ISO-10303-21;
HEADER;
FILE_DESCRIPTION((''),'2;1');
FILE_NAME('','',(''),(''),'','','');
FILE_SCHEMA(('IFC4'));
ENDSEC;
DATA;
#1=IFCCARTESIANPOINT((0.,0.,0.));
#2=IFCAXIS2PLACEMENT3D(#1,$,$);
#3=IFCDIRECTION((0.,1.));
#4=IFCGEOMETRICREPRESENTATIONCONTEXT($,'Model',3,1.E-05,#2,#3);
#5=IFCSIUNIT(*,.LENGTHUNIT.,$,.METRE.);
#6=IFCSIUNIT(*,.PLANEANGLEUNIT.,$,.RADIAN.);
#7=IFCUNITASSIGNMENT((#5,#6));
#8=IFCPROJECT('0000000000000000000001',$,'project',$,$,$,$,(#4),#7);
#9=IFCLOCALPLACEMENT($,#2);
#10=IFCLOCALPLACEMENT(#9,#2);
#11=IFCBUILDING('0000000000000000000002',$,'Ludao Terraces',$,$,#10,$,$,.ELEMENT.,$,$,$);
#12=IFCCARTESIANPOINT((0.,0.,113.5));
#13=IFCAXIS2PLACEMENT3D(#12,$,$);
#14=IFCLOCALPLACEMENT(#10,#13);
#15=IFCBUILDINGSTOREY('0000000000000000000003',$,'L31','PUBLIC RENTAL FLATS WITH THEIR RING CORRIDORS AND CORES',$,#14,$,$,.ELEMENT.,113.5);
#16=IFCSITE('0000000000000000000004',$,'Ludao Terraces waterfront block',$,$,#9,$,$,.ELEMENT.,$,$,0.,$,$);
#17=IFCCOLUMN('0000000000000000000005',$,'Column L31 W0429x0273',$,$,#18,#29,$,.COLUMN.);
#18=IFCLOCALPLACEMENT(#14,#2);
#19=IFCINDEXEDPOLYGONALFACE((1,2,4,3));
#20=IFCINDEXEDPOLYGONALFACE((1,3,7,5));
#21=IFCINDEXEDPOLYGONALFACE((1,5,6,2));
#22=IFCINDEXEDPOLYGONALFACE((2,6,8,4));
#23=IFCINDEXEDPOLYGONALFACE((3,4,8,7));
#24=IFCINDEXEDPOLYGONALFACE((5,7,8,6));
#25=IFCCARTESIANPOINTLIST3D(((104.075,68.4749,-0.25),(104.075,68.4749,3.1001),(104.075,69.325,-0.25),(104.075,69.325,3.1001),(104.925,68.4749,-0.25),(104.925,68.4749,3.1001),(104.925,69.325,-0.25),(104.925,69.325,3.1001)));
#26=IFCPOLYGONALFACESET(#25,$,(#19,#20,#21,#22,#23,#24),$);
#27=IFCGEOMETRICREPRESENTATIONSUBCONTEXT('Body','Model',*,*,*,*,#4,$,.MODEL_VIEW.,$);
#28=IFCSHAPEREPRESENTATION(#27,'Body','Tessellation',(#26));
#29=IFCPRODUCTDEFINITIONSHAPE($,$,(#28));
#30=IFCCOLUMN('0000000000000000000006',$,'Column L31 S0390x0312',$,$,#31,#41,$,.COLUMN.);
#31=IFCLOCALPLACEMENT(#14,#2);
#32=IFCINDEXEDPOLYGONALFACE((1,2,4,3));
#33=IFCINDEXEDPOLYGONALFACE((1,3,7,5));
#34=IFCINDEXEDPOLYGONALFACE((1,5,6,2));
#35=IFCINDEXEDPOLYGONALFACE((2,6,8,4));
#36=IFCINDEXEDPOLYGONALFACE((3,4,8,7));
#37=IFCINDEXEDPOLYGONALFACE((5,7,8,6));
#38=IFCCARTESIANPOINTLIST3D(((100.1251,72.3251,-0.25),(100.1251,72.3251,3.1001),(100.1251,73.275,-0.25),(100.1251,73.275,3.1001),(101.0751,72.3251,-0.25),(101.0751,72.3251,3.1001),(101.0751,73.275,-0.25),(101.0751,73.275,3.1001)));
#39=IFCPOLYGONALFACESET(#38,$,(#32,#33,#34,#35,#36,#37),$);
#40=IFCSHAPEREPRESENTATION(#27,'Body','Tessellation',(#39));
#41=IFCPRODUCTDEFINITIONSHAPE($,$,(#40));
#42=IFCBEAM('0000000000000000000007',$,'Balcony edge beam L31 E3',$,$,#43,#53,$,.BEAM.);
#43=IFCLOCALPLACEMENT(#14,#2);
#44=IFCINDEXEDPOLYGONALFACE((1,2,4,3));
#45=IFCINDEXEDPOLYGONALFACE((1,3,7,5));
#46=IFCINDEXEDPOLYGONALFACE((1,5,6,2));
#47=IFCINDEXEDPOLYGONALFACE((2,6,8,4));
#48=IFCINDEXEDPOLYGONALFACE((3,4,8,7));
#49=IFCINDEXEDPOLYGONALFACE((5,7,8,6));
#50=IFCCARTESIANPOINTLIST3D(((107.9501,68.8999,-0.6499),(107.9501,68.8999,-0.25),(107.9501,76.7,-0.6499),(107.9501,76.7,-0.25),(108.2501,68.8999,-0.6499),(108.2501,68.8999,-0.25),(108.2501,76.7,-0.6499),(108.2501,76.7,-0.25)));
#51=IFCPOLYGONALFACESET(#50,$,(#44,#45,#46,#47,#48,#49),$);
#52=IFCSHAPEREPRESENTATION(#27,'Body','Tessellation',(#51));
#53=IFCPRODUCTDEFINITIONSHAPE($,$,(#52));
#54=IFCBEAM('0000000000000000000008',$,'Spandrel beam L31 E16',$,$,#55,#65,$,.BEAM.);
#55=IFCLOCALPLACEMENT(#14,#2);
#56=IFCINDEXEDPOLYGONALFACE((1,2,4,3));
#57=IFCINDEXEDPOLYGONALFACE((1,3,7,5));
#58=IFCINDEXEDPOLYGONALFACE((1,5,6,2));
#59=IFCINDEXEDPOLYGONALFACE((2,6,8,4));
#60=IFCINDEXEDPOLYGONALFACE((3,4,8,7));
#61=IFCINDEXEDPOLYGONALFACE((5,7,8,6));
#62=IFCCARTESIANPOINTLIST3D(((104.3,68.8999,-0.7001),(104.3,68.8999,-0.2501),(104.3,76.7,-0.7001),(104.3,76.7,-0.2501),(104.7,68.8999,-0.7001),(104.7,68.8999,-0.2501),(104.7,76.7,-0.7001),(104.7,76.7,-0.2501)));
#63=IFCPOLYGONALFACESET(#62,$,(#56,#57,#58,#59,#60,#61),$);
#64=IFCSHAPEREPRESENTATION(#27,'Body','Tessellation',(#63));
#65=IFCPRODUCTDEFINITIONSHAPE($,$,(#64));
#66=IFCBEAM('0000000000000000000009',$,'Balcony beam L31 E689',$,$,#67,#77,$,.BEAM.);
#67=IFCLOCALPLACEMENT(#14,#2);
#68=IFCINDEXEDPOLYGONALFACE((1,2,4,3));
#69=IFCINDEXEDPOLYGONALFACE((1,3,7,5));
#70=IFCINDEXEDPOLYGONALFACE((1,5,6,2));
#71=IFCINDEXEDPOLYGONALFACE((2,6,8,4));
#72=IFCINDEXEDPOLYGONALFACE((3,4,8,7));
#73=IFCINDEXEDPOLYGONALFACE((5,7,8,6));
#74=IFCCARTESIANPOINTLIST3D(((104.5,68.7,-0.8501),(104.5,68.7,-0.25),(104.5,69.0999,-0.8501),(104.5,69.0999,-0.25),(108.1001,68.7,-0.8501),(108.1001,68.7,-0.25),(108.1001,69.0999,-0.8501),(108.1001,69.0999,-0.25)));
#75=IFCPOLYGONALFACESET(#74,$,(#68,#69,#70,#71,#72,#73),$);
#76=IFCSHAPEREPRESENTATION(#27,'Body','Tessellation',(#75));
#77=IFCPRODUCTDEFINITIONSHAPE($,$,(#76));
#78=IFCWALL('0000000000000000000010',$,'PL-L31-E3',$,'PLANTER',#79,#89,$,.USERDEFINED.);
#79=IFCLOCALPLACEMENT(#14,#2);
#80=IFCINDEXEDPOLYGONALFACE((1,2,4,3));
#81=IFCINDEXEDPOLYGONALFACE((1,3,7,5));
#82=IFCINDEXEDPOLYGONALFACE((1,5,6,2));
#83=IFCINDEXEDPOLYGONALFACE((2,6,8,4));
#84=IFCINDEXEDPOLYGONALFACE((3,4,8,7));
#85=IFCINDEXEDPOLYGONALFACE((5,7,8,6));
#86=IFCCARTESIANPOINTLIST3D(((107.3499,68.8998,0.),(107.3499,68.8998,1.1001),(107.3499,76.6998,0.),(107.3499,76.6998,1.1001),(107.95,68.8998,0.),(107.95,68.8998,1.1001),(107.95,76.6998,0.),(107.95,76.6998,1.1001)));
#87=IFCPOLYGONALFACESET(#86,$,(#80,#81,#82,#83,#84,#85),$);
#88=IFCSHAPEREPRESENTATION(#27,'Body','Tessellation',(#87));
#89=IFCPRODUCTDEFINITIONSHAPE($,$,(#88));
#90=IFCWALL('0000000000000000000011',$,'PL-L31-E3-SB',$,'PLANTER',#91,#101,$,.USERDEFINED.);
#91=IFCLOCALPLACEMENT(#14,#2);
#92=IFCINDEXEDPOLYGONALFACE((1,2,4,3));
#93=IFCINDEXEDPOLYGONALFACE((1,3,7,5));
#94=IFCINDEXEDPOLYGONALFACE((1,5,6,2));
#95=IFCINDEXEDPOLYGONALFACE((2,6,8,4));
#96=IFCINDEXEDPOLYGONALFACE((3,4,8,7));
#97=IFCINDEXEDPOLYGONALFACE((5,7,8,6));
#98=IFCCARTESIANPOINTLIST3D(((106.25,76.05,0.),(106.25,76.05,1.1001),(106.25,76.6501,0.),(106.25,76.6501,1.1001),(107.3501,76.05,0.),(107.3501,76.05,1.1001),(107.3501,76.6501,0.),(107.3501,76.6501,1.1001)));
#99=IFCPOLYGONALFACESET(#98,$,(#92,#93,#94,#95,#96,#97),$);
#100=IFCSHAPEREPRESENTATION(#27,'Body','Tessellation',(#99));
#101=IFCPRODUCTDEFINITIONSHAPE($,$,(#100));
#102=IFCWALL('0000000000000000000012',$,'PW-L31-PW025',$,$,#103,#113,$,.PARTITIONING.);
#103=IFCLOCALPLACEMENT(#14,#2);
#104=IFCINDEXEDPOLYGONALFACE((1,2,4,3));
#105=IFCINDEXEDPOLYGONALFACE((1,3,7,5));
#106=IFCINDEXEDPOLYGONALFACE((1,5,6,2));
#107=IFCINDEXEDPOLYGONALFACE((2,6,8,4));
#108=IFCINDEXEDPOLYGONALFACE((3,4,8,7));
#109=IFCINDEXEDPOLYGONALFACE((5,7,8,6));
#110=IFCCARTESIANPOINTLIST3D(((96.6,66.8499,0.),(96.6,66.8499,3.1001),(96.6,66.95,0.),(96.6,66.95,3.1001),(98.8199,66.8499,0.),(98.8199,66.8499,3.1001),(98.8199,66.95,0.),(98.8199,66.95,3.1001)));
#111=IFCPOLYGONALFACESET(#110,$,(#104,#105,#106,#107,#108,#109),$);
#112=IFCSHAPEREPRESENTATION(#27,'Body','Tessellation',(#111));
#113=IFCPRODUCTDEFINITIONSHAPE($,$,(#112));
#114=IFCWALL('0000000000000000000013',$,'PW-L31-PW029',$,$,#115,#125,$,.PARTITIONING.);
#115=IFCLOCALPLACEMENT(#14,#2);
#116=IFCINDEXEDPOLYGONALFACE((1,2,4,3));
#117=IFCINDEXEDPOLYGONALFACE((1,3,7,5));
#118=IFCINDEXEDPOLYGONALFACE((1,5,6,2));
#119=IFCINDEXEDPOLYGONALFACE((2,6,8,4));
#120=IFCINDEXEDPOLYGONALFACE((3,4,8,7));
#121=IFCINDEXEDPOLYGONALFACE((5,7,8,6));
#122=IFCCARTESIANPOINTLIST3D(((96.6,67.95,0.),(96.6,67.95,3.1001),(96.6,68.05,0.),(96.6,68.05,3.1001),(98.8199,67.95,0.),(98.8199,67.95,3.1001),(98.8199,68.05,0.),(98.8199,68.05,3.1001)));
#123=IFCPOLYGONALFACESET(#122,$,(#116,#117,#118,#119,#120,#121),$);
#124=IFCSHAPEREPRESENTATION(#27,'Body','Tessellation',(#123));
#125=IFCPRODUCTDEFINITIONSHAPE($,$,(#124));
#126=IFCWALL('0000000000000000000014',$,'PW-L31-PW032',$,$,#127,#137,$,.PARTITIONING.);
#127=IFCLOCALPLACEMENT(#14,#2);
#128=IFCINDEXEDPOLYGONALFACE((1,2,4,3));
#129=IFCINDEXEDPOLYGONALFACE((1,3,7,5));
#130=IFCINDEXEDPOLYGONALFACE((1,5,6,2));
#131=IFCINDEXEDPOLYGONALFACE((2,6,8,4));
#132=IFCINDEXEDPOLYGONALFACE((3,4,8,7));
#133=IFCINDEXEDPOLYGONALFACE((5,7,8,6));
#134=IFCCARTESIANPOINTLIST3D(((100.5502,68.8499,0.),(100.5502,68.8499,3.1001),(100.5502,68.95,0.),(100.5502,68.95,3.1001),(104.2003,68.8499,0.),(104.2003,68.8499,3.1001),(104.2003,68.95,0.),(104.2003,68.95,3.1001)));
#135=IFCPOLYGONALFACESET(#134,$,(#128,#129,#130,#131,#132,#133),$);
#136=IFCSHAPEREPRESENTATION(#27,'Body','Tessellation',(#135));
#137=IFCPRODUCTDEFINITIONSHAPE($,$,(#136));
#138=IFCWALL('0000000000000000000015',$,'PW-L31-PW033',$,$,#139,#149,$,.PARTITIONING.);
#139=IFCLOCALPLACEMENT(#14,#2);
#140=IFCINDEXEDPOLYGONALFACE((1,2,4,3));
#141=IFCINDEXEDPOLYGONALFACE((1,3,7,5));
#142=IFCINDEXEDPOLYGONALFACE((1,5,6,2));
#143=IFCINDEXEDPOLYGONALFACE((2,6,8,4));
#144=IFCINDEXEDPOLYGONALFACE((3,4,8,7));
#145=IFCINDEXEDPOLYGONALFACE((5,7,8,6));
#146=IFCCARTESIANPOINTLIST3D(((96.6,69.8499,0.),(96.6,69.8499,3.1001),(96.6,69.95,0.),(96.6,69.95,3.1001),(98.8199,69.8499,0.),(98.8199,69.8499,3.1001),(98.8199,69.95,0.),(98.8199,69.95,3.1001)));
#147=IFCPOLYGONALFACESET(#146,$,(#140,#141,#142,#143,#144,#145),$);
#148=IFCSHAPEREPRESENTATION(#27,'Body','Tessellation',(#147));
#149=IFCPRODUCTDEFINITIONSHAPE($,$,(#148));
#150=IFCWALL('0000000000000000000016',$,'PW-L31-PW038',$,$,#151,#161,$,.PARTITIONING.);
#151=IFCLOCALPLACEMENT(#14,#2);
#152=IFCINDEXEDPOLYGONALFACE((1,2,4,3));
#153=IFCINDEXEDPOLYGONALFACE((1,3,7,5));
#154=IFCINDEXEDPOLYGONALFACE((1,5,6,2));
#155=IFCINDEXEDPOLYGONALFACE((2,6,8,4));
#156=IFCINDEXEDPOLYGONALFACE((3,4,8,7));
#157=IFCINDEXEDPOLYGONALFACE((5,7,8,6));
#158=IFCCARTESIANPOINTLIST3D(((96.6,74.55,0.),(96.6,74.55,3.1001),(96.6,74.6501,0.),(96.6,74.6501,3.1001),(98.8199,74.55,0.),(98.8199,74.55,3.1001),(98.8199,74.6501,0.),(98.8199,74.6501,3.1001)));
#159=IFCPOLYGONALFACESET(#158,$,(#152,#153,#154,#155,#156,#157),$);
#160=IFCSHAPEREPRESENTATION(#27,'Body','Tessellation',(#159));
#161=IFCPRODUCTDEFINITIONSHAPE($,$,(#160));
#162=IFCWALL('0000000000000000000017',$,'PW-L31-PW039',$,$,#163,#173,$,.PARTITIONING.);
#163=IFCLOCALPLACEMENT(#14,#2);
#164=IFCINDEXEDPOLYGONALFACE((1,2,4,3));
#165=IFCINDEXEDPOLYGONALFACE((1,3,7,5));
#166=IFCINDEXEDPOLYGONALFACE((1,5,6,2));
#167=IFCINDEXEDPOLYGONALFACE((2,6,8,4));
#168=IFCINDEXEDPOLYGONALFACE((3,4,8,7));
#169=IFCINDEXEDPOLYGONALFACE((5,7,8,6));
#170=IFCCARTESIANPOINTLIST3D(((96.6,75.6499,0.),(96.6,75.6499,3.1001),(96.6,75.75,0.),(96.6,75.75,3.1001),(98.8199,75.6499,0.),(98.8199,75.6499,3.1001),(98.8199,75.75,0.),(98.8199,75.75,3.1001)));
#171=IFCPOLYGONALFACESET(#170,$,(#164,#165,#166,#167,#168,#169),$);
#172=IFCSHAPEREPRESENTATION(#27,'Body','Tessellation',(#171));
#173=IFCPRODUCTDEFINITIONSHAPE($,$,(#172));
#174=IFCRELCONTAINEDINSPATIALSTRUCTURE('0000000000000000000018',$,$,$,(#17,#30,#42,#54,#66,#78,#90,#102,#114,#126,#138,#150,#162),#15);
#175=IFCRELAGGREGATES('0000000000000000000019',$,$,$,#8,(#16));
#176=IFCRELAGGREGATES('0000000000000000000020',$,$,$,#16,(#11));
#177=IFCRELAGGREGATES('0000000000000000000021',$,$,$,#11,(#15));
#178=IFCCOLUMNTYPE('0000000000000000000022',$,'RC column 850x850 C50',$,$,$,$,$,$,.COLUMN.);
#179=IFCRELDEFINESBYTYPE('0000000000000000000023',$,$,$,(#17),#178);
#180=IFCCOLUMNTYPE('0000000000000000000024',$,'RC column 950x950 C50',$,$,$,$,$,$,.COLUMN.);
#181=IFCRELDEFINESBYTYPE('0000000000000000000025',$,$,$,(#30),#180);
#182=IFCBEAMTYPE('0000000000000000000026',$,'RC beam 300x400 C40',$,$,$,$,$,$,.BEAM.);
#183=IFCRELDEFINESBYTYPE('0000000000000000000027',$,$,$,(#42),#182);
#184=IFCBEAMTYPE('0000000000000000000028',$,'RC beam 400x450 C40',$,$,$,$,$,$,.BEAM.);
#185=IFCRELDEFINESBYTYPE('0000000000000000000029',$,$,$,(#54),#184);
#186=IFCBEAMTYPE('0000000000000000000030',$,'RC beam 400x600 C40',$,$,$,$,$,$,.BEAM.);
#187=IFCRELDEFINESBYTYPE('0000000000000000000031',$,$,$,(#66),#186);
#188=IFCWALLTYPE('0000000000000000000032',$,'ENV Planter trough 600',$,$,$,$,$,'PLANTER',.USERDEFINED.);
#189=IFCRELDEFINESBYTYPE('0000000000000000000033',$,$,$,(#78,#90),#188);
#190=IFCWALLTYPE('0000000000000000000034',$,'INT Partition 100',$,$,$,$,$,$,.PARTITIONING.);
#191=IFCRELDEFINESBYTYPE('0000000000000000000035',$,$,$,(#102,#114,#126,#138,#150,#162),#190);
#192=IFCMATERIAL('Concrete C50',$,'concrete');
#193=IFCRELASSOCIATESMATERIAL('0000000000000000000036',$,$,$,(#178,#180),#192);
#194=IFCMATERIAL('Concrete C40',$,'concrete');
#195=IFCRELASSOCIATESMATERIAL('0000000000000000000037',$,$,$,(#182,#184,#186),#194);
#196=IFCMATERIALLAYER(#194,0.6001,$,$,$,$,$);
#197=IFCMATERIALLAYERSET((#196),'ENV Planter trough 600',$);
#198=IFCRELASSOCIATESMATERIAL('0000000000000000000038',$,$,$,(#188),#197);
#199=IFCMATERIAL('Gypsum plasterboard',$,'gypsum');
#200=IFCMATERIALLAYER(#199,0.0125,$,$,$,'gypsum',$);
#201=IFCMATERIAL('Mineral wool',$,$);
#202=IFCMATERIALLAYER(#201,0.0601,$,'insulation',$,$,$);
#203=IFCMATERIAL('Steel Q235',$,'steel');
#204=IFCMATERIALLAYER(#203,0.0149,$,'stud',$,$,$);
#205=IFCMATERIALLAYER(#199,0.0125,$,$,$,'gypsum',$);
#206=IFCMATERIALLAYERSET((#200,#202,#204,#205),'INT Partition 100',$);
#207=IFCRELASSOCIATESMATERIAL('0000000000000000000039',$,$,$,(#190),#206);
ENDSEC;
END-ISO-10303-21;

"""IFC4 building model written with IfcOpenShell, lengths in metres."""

from ifc_helpers import new_model, si_unit, direction, frame, frame_2d, origin, origin_2d, place, context, subcontext, project, spatial, rectangle, extrude, material, layer, layer_set, material_profile, profile_set, type_object, element, save


model = new_model("IFC4")

# Units and contexts
model_context = context("Model", 3, precision=1e-05, world=origin(), true_north=direction((0.0, 1.0)))
body_context = subcontext(model_context, "Body", "Model", "MODEL_VIEW")
ifc_project = project(units=[si_unit("LENGTHUNIT", "METRE"), si_unit("PLANEANGLEUNIT", "RADIAN")], contexts=[model_context])

# Site, building, storey
site_placement = place(None, origin())
site = spatial("IfcSite", under=ifc_project, at=site_placement, Name="Ludao Terraces waterfront block", CompositionType="ELEMENT", RefElevation=0.0)
building_placement = place(site_placement, origin())
building = spatial("IfcBuilding", under=site, at=building_placement, Name="Ludao Terraces", CompositionType="ELEMENT")
storey_placement = place(building_placement, frame((0.0, 0.0, 113.5)))
storey = spatial("IfcBuildingStorey", under=building, at=storey_placement, Name="L31", Description="PUBLIC RENTAL FLATS WITH THEIR RING CORRIDORS AND CORES", CompositionType="ELEMENT", Elevation=113.5)

# Columns
ifc_material_1 = material(Name="Concrete C50", Category="concrete")
ifc_material_profile_1 = material_profile(ifc_material_1, rectangle(XDim=0.8501, YDim=0.8501, at=origin_2d()), Name="850 X 850")
ifc_profile_set_1 = profile_set([ifc_material_profile_1], Name="Concrete C50")
column_type_1 = type_object("IfcColumnType", Name="RC column 850x850 C50", PredefinedType="COLUMN", material=ifc_profile_set_1)
column_1_placement = place(storey_placement, frame((104.5, 68.8999, -0.25), z_axis=(0.0, 0.0, 1.0), x_axis=(1.0, 0.0, 0.0)))
element("IfcColumn", 1, at=column_1_placement, inside=storey, type_object=column_type_1, Name="Column L31 W0429x0273", PredefinedType="COLUMN", context=body_context, shape_type="SweptSolid", body=[
    extrude(rectangle(XDim=0.8501, YDim=0.8501, at=origin_2d()), origin(), (0.0, 0.0, 1.0), 3.3501),
])
ifc_material_profile_2 = material_profile(ifc_material_1, rectangle(XDim=0.95, YDim=0.95, at=origin_2d()), Name="950 X 950")
ifc_profile_set_2 = profile_set([ifc_material_profile_2], Name="Concrete C50")
column_type_2 = type_object("IfcColumnType", Name="RC column 950x950 C50", PredefinedType="COLUMN", material=ifc_profile_set_2)
column_2_placement = place(storey_placement, frame((100.6001, 72.8, -0.25), z_axis=(0.0, 0.0, 1.0), x_axis=(1.0, 0.0, 0.0)))
element("IfcColumn", 2, at=column_2_placement, inside=storey, type_object=column_type_2, Name="Column L31 S0390x0312", PredefinedType="COLUMN", context=body_context, shape_type="SweptSolid", body=[
    extrude(rectangle(XDim=0.95, YDim=0.95, at=origin_2d()), origin(), (0.0, 0.0, 1.0), 3.3501),
])

# Beams
ifc_material_2 = material(Name="Concrete C40", Category="concrete")
ifc_material_profile_3 = material_profile(ifc_material_2, rectangle(XDim=0.3, YDim=0.3999, at=origin_2d()), Name="300 X 400")
ifc_profile_set_3 = profile_set([ifc_material_profile_3], Name="Concrete C40")
beam_type_1 = type_object("IfcBeamType", Name="RC beam 300x400 C40", PredefinedType="BEAM", material=ifc_profile_set_3)
beam_1_placement = place(storey_placement, frame((108.1001, 68.8999, -0.45), z_axis=(0.0, 1.0, 0.0), x_axis=(-1.0, 0.0, 0.0)))
element("IfcBeam", 3, at=beam_1_placement, inside=storey, type_object=beam_type_1, Name="Balcony edge beam L31 E3", PredefinedType="BEAM", context=body_context, shape_type="SweptSolid", body=[
    extrude(rectangle(XDim=0.3, YDim=0.3999, at=origin_2d()), origin(), (0.0, 0.0, 1.0), 7.8),
])
ifc_material_profile_4 = material_profile(ifc_material_2, rectangle(XDim=0.3999, YDim=0.45, at=origin_2d()), Name="400 X 450")
ifc_profile_set_4 = profile_set([ifc_material_profile_4], Name="Concrete C40")
beam_type_2 = type_object("IfcBeamType", Name="RC beam 400x450 C40", PredefinedType="BEAM", material=ifc_profile_set_4)
beam_2_placement = place(storey_placement, frame((104.5, 68.8999, -0.4751), z_axis=(0.0, 1.0, 0.0), x_axis=(-1.0, 0.0, 0.0)))
element("IfcBeam", 4, at=beam_2_placement, inside=storey, type_object=beam_type_2, Name="Spandrel beam L31 E16", PredefinedType="BEAM", context=body_context, shape_type="SweptSolid", body=[
    extrude(rectangle(XDim=0.3999, YDim=0.45, at=origin_2d()), origin(), (0.0, 0.0, 1.0), 7.8),
])
ifc_material_profile_5 = material_profile(ifc_material_2, rectangle(XDim=0.3999, YDim=0.6001, at=origin_2d()), Name="400 X 600")
ifc_profile_set_5 = profile_set([ifc_material_profile_5], Name="Concrete C40")
beam_type_3 = type_object("IfcBeamType", Name="RC beam 400x600 C40", PredefinedType="BEAM", material=ifc_profile_set_5)
beam_3_placement = place(storey_placement, frame((104.5, 68.8999, -0.55), z_axis=(1.0, 0.0, 0.0), x_axis=(0.0, 1.0, 0.0)))
element("IfcBeam", 5, at=beam_3_placement, inside=storey, type_object=beam_type_3, Name="Balcony beam L31 E689", PredefinedType="BEAM", context=body_context, shape_type="SweptSolid", body=[
    extrude(rectangle(XDim=0.3999, YDim=0.6001, at=origin_2d()), origin(), (0.0, 0.0, 1.0), 3.6001),
])

# Walls
ifc_layer_1 = layer(ifc_material_2, 0.6001)
ifc_layer_set_1 = layer_set([ifc_layer_1], Name="ENV Planter trough 600")
wall_type_1 = type_object("IfcWallType", Name="ENV Planter trough 600", ElementType="PLANTER", PredefinedType="USERDEFINED", material=ifc_layer_set_1)
wall_1_placement = place(storey_placement, frame((107.6499, 68.8999, 0.0), z_axis=(0.0, 0.0, 1.0), x_axis=(0.0, 1.0, 0.0)))
element("IfcWall", 6, at=wall_1_placement, inside=storey, type_object=wall_type_1, Name="PL-L31-E3", ObjectType="PLANTER", PredefinedType="USERDEFINED", context=body_context, shape_type="SweptSolid", body=[
    extrude(rectangle(XDim=7.8, YDim=0.6001, at=frame_2d((3.8999, 0.0))), origin(), (0.0, 0.0, 1.0), 1.1001),
])
wall_2_placement = place(storey_placement, frame((107.3501, 76.3501, 0.0), z_axis=(0.0, 0.0, 1.0), x_axis=(-1.0, 0.0, 0.0)))
element("IfcWall", 7, at=wall_2_placement, inside=storey, type_object=wall_type_1, Name="PL-L31-E3-SB", ObjectType="PLANTER", PredefinedType="USERDEFINED", context=body_context, shape_type="SweptSolid", body=[
    extrude(rectangle(XDim=1.1001, YDim=0.6001, at=frame_2d((0.55, 0.0))), origin(), (0.0, 0.0, 1.0), 1.1001),
])

# Shared definitions
ifc_material_3 = material(Name="Mineral wool")

# Walls
ifc_material_4 = material(Name="Gypsum plasterboard", Category="gypsum")
ifc_layer_2 = layer(ifc_material_4, 0.0125, Category="gypsum")
ifc_layer_3 = layer(ifc_material_3, 0.0601, Name="insulation")
ifc_material_5 = material(Name="Steel Q235", Category="steel")
ifc_layer_4 = layer(ifc_material_5, 0.0149, Name="stud")
ifc_layer_5 = layer(ifc_material_4, 0.0125, Category="gypsum")
ifc_layer_set_2 = layer_set([ifc_layer_2, ifc_layer_3, ifc_layer_4, ifc_layer_5], Name="INT Partition 100")
wall_type_2 = type_object("IfcWallType", Name="INT Partition 100", PredefinedType="PARTITIONING", material=ifc_layer_set_2)
for number, where, z_axis, x_axis, name in (
    (8, (96.6001, 66.8999, 0.0), (0.0, 0.0, 1.0), (1.0, 0.0, 0.0), "PW-L31-PW025"),
    (9, (96.6001, 68.0, 0.0), (0.0, 0.0, 1.0), (1.0, 0.0, 0.0), "PW-L31-PW029"),
):
    element("IfcWall", number, at=place(storey_placement, frame(where, z_axis=z_axis, x_axis=x_axis)), inside=storey, type_object=wall_type_2, Name=name, PredefinedType="PARTITIONING", context=body_context, shape_type="SweptSolid", body=[
        extrude(rectangle(XDim=2.22, YDim=0.1001, at=frame_2d((1.1099, 0.0))), origin(), (0.0, 0.0, 1.0), 3.1001),
    ])
wall_3_placement = place(storey_placement, frame((100.55, 68.8999, 0.0), z_axis=(0.0, 0.0, 1.0), x_axis=(1.0, 0.0, 0.0)))
element("IfcWall", 10, at=wall_3_placement, inside=storey, type_object=wall_type_2, Name="PW-L31-PW032", PredefinedType="PARTITIONING", context=body_context, shape_type="SweptSolid", body=[
    extrude(rectangle(XDim=3.6501, YDim=0.1001, at=frame_2d((1.8252, 0.0))), origin(), (0.0, 0.0, 1.0), 3.1001),
])
for number, where, z_axis, x_axis, name in (
    (11, (96.6001, 69.8999, 0.0), (0.0, 0.0, 1.0), (1.0, 0.0, 0.0), "PW-L31-PW033"),
    (12, (96.6001, 74.6001, 0.0), (0.0, 0.0, 1.0), (1.0, 0.0, 0.0), "PW-L31-PW038"),
    (13, (96.6001, 75.7, 0.0), (0.0, 0.0, 1.0), (1.0, 0.0, 0.0), "PW-L31-PW039"),
):
    element("IfcWall", number, at=place(storey_placement, frame(where, z_axis=z_axis, x_axis=x_axis)), inside=storey, type_object=wall_type_2, Name=name, PredefinedType="PARTITIONING", context=body_context, shape_type="SweptSolid", body=[
        extrude(rectangle(XDim=2.22, YDim=0.1001, at=frame_2d((1.1099, 0.0))), origin(), (0.0, 0.0, 1.0), 3.1001),
    ])

save(model, "model.ifc")
